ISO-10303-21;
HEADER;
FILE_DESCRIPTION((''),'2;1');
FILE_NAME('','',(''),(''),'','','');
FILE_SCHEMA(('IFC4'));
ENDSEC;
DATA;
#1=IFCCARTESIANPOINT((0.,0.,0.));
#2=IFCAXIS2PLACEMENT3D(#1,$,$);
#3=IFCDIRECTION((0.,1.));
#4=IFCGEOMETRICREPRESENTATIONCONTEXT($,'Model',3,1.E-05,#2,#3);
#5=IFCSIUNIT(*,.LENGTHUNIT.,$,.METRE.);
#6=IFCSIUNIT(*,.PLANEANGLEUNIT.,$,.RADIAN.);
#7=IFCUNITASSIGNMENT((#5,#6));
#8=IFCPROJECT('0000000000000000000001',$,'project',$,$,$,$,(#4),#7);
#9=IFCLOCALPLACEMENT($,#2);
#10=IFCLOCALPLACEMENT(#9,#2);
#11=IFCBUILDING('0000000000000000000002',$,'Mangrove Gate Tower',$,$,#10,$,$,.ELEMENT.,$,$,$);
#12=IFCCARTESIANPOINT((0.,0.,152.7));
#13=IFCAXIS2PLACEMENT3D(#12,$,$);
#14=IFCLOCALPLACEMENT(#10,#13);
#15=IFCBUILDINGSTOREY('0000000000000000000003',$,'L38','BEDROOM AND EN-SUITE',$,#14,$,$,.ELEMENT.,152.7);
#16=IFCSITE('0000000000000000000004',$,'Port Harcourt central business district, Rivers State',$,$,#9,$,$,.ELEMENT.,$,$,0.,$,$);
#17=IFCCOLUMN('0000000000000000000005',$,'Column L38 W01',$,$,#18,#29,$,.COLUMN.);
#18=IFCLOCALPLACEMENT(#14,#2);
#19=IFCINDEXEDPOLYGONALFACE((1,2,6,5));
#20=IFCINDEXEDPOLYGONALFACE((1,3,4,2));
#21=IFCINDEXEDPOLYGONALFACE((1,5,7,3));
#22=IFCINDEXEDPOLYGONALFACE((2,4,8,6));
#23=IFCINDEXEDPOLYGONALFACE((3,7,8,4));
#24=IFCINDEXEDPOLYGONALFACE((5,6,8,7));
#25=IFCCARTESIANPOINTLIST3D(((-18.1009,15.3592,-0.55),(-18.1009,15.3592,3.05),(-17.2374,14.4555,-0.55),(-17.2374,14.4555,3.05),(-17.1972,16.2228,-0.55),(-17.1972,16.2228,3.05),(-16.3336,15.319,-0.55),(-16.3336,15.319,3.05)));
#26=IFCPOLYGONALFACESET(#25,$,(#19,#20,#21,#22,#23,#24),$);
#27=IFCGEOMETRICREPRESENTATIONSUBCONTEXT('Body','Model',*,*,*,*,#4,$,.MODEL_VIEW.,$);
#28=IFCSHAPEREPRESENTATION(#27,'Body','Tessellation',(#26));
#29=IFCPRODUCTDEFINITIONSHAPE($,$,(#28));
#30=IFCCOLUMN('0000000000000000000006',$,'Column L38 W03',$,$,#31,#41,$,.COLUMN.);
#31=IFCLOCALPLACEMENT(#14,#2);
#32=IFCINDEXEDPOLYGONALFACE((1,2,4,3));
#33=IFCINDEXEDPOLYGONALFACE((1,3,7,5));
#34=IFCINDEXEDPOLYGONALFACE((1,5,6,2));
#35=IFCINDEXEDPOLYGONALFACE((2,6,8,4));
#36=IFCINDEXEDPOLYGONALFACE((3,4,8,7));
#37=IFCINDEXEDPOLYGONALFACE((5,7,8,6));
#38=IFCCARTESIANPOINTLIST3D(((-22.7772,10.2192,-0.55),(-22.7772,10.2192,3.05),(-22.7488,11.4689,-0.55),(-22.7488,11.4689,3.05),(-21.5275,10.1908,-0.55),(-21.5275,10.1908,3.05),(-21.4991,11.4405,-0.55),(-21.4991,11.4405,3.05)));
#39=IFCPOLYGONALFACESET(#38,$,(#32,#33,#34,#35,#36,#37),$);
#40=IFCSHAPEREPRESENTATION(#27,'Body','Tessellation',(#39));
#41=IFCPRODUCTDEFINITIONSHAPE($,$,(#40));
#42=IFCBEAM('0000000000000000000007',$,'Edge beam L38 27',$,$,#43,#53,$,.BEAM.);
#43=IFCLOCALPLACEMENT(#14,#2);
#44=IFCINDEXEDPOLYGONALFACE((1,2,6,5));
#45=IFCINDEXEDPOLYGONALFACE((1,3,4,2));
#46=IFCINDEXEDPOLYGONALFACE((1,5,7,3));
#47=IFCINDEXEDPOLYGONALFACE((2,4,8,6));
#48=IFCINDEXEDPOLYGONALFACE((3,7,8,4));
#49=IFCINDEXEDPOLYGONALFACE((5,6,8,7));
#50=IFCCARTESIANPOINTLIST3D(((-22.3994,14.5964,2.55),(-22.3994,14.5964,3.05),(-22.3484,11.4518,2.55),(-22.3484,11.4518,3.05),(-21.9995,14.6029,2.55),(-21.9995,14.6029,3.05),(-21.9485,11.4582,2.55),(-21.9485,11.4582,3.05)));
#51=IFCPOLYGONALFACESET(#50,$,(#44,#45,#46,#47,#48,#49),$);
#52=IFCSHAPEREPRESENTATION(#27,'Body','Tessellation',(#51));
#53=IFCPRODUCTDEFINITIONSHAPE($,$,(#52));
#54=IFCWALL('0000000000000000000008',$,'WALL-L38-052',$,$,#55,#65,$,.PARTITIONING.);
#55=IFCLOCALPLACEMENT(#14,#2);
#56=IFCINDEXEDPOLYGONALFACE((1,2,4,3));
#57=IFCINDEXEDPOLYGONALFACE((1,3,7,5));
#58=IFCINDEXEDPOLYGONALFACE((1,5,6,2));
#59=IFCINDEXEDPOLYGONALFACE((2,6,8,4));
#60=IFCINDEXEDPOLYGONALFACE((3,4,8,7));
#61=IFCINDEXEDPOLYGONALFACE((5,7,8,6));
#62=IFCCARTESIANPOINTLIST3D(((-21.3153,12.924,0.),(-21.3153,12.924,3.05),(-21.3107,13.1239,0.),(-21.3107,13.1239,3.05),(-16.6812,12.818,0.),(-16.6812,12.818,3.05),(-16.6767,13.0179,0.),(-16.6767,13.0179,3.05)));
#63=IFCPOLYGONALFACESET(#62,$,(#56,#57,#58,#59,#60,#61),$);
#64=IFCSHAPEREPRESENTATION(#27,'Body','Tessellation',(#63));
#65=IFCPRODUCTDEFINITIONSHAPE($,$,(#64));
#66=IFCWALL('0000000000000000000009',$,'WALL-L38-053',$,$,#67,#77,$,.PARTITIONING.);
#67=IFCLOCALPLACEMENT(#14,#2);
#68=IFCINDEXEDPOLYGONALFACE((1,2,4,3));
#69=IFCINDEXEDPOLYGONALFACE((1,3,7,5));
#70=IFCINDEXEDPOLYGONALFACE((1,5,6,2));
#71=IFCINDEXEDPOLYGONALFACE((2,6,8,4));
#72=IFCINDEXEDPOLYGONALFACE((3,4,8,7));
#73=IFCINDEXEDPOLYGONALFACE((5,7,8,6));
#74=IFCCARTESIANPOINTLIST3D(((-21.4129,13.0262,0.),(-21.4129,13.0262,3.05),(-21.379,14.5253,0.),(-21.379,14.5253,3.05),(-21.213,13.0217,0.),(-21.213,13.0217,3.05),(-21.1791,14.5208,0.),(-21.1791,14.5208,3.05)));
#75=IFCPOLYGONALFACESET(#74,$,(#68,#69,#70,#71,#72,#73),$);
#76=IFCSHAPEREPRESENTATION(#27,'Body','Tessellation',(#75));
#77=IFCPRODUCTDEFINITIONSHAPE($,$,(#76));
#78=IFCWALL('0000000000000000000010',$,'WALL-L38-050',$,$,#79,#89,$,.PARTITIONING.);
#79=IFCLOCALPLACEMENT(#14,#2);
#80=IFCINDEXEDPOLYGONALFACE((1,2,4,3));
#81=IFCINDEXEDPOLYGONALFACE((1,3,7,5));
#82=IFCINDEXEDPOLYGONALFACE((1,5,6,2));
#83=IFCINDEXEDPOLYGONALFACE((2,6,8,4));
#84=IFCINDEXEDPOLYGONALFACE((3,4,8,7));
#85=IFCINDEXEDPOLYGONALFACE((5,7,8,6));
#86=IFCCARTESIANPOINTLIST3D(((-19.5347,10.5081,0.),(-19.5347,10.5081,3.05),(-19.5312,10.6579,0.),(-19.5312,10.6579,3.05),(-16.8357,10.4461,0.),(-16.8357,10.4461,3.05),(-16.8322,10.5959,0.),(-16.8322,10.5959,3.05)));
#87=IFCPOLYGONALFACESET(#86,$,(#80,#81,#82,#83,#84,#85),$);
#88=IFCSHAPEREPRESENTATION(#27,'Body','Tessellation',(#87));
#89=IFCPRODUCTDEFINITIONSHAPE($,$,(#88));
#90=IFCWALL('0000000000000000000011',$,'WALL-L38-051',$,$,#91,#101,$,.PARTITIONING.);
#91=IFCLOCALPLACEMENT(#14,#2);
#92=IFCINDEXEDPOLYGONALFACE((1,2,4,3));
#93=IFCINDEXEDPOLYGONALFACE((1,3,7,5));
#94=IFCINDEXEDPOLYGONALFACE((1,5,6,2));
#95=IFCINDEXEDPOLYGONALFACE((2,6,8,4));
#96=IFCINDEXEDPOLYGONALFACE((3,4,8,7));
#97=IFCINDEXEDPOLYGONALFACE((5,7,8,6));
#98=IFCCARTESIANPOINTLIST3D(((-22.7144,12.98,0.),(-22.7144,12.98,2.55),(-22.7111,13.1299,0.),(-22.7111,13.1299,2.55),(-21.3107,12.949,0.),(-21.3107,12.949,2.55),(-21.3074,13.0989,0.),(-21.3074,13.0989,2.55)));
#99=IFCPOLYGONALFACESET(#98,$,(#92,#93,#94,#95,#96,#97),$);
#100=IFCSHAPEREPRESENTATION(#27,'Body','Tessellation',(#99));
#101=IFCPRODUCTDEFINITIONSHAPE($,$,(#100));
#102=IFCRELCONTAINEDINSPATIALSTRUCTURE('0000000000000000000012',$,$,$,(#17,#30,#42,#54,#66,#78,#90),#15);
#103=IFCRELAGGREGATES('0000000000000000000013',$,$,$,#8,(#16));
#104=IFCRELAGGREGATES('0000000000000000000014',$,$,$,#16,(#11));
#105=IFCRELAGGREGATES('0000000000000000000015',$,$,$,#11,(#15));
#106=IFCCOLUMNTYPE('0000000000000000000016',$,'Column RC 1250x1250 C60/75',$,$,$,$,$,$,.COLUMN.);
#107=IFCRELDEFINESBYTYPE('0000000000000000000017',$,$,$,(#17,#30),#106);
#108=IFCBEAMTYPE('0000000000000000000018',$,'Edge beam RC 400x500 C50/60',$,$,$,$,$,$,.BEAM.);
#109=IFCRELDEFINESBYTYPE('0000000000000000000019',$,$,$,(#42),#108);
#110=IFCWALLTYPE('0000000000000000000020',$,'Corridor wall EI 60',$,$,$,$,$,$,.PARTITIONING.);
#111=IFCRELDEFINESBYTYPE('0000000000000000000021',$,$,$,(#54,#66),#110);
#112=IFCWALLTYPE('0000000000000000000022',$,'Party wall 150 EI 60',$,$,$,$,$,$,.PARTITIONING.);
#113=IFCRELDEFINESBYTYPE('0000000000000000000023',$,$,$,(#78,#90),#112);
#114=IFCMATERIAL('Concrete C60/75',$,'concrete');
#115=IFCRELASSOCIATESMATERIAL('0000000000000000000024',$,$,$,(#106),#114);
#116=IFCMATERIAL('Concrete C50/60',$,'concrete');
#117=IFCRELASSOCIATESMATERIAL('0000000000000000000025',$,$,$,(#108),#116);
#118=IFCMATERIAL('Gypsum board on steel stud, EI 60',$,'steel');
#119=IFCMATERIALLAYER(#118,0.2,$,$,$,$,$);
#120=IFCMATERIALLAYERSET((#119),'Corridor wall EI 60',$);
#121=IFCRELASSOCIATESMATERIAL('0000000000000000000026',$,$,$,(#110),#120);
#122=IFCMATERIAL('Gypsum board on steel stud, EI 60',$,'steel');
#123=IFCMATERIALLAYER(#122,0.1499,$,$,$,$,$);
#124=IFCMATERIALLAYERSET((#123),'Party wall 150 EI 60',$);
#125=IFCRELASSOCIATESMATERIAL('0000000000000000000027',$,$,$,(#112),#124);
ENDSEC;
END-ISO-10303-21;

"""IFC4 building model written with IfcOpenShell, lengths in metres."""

from ifc_helpers import new_model, si_unit, direction, frame, frame_2d, origin, origin_2d, place, context, subcontext, project, spatial, rectangle, extrude, material, layer, layer_set, material_profile, profile_set, type_object, element, save


model = new_model("IFC4")

# Units and contexts
model_context = context("Model", 3, precision=1e-05, world=origin(), true_north=direction((0.0, 1.0)))
body_context = subcontext(model_context, "Body", "Model", "MODEL_VIEW")
ifc_project = project(units=[si_unit("LENGTHUNIT", "METRE"), si_unit("PLANEANGLEUNIT", "RADIAN")], contexts=[model_context])

# Site, building, storey
site_placement = place(None, origin())
site = spatial("IfcSite", under=ifc_project, at=site_placement, Name="Port Harcourt central business district, Rivers State", CompositionType="ELEMENT", RefElevation=0.0)
building_placement = place(site_placement, origin())
building = spatial("IfcBuilding", under=site, at=building_placement, Name="Mangrove Gate Tower", CompositionType="ELEMENT")
storey_placement = place(building_placement, frame((0.0, 0.0, 152.7)))
storey = spatial("IfcBuildingStorey", under=building, at=storey_placement, Name="L38", Description="BEDROOM AND EN-SUITE", CompositionType="ELEMENT", Elevation=152.7)

# Columns
ifc_material_1 = material(Name="Concrete C60/75", Category="concrete")
ifc_material_profile_1 = material_profile(ifc_material_1, rectangle(XDim=1.25, YDim=1.25, at=origin_2d()))
ifc_profile_set_1 = profile_set([ifc_material_profile_1], Name="Concrete C60/75")
column_type = type_object("IfcColumnType", Name="Column RC 1250x1250 C60/75", PredefinedType="COLUMN", material=ifc_profile_set_1)
for number, where, z_axis, x_axis, name in (
    (1, (-17.2173, 15.3391, -0.55), (0.0, 0.0, 1.0), (-0.722977, -0.690873, 0.0), "Column L38 W01"),
    (2, (-22.1382, 10.8298, -0.55), (0.0, 0.0, 1.0), (-0.022717, -0.999742, 0.0), "Column L38 W03"),
):
    element("IfcColumn", number, at=place(storey_placement, frame(where, z_axis=z_axis, x_axis=x_axis)), inside=storey, type_object=column_type, Name=name, PredefinedType="COLUMN", context=body_context, shape_type="SweptSolid", body=[
        extrude(rectangle(XDim=1.25, YDim=1.25, at=origin_2d()), origin(), (0.0, 0.0, 1.0), 3.6001),
    ])

# Beam
ifc_material_2 = material(Name="Concrete C50/60", Category="concrete")
ifc_material_profile_2 = material_profile(ifc_material_2, rectangle(XDim=0.3999, YDim=0.5, at=origin_2d()))
ifc_profile_set_2 = profile_set([ifc_material_profile_2], Name="Concrete C50/60")
beam_type = type_object("IfcBeamType", Name="Edge beam RC 400x500 C50/60", PredefinedType="BEAM", material=ifc_profile_set_2)
beam_placement = place(storey_placement, frame((-22.1995, 14.5996, 2.8), z_axis=(0.016225, -0.999868, 0.0), x_axis=(0.999868, 0.016225, 0.0)))
element("IfcBeam", 3, at=beam_placement, inside=storey, type_object=beam_type, Name="Edge beam L38 27", PredefinedType="BEAM", context=body_context, shape_type="SweptSolid", body=[
    extrude(rectangle(XDim=0.3999, YDim=0.5, at=origin_2d()), origin(), (0.0, 0.0, 1.0), 3.145),
])

# Walls
ifc_material_3 = material(Name="Gypsum board on steel stud, EI 60", Category="steel")
ifc_layer_1 = layer(ifc_material_3, 0.2)
ifc_layer_set_1 = layer_set([ifc_layer_1], Name="Corridor wall EI 60")
wall_type_1 = type_object("IfcWallType", Name="Corridor wall EI 60", PredefinedType="PARTITIONING", material=ifc_layer_set_1)
wall_1_placement = place(storey_placement, frame((-21.313, 13.0239, 0.0), z_axis=(0.0, 0.0, 1.0), x_axis=(0.999739, -0.022859, 0.0)))
element("IfcWall", 4, at=wall_1_placement, inside=storey, type_object=wall_type_1, Name="WALL-L38-052", PredefinedType="PARTITIONING", context=body_context, shape_type="SweptSolid", body=[
    extrude(rectangle(XDim=4.6353, YDim=0.2, at=frame_2d((2.3176, 0.0))), origin(), (0.0, 0.0, 1.0), 3.05),
])
wall_2_placement = place(storey_placement, frame((-21.313, 13.0239, 0.0), z_axis=(0.0, 0.0, 1.0), x_axis=(0.022633, 0.999744, 0.0)))
element("IfcWall", 5, at=wall_2_placement, inside=storey, type_object=wall_type_1, Name="WALL-L38-053", PredefinedType="PARTITIONING", context=body_context, shape_type="SweptSolid", body=[
    extrude(rectangle(XDim=1.4995, YDim=0.2, at=frame_2d((0.7498, 0.0))), origin(), (0.0, 0.0, 1.0), 3.05),
])

# Walls
ifc_material_4 = material(Name="Gypsum board on steel stud, EI 60", Category="steel")
ifc_layer_2 = layer(ifc_material_4, 0.1499)
ifc_layer_set_2 = layer_set([ifc_layer_2], Name="Party wall 150 EI 60")
wall_type_2 = type_object("IfcWallType", Name="Party wall 150 EI 60", PredefinedType="PARTITIONING", material=ifc_layer_set_2)
wall_3_placement = place(storey_placement, frame((-19.533, 10.583, 0.0), z_axis=(0.0, 0.0, 1.0), x_axis=(0.999736, -0.02297, 0.0)))
element("IfcWall", 6, at=wall_3_placement, inside=storey, type_object=wall_type_2, Name="WALL-L38-050", PredefinedType="PARTITIONING", context=body_context, shape_type="SweptSolid", body=[
    extrude(rectangle(XDim=2.6997, YDim=0.1499, at=frame_2d((1.3499, 0.0))), origin(), (0.0, 0.0, 1.0), 3.05),
])
wall_4_placement = place(storey_placement, frame((-22.7129, 13.0549, 0.0), z_axis=(0.0, 0.0, 1.0), x_axis=(0.999756, -0.022082, 0.0)))
element("IfcWall", 7, at=wall_4_placement, inside=storey, type_object=wall_type_2, Name="WALL-L38-051", PredefinedType="PARTITIONING", context=body_context, shape_type="SweptSolid", body=[
    extrude(rectangle(XDim=1.4041, YDim=0.1499, at=frame_2d((0.7021, 0.0))), origin(), (0.0, 0.0, 1.0), 2.55),
])

save(model, "model.ifc")
